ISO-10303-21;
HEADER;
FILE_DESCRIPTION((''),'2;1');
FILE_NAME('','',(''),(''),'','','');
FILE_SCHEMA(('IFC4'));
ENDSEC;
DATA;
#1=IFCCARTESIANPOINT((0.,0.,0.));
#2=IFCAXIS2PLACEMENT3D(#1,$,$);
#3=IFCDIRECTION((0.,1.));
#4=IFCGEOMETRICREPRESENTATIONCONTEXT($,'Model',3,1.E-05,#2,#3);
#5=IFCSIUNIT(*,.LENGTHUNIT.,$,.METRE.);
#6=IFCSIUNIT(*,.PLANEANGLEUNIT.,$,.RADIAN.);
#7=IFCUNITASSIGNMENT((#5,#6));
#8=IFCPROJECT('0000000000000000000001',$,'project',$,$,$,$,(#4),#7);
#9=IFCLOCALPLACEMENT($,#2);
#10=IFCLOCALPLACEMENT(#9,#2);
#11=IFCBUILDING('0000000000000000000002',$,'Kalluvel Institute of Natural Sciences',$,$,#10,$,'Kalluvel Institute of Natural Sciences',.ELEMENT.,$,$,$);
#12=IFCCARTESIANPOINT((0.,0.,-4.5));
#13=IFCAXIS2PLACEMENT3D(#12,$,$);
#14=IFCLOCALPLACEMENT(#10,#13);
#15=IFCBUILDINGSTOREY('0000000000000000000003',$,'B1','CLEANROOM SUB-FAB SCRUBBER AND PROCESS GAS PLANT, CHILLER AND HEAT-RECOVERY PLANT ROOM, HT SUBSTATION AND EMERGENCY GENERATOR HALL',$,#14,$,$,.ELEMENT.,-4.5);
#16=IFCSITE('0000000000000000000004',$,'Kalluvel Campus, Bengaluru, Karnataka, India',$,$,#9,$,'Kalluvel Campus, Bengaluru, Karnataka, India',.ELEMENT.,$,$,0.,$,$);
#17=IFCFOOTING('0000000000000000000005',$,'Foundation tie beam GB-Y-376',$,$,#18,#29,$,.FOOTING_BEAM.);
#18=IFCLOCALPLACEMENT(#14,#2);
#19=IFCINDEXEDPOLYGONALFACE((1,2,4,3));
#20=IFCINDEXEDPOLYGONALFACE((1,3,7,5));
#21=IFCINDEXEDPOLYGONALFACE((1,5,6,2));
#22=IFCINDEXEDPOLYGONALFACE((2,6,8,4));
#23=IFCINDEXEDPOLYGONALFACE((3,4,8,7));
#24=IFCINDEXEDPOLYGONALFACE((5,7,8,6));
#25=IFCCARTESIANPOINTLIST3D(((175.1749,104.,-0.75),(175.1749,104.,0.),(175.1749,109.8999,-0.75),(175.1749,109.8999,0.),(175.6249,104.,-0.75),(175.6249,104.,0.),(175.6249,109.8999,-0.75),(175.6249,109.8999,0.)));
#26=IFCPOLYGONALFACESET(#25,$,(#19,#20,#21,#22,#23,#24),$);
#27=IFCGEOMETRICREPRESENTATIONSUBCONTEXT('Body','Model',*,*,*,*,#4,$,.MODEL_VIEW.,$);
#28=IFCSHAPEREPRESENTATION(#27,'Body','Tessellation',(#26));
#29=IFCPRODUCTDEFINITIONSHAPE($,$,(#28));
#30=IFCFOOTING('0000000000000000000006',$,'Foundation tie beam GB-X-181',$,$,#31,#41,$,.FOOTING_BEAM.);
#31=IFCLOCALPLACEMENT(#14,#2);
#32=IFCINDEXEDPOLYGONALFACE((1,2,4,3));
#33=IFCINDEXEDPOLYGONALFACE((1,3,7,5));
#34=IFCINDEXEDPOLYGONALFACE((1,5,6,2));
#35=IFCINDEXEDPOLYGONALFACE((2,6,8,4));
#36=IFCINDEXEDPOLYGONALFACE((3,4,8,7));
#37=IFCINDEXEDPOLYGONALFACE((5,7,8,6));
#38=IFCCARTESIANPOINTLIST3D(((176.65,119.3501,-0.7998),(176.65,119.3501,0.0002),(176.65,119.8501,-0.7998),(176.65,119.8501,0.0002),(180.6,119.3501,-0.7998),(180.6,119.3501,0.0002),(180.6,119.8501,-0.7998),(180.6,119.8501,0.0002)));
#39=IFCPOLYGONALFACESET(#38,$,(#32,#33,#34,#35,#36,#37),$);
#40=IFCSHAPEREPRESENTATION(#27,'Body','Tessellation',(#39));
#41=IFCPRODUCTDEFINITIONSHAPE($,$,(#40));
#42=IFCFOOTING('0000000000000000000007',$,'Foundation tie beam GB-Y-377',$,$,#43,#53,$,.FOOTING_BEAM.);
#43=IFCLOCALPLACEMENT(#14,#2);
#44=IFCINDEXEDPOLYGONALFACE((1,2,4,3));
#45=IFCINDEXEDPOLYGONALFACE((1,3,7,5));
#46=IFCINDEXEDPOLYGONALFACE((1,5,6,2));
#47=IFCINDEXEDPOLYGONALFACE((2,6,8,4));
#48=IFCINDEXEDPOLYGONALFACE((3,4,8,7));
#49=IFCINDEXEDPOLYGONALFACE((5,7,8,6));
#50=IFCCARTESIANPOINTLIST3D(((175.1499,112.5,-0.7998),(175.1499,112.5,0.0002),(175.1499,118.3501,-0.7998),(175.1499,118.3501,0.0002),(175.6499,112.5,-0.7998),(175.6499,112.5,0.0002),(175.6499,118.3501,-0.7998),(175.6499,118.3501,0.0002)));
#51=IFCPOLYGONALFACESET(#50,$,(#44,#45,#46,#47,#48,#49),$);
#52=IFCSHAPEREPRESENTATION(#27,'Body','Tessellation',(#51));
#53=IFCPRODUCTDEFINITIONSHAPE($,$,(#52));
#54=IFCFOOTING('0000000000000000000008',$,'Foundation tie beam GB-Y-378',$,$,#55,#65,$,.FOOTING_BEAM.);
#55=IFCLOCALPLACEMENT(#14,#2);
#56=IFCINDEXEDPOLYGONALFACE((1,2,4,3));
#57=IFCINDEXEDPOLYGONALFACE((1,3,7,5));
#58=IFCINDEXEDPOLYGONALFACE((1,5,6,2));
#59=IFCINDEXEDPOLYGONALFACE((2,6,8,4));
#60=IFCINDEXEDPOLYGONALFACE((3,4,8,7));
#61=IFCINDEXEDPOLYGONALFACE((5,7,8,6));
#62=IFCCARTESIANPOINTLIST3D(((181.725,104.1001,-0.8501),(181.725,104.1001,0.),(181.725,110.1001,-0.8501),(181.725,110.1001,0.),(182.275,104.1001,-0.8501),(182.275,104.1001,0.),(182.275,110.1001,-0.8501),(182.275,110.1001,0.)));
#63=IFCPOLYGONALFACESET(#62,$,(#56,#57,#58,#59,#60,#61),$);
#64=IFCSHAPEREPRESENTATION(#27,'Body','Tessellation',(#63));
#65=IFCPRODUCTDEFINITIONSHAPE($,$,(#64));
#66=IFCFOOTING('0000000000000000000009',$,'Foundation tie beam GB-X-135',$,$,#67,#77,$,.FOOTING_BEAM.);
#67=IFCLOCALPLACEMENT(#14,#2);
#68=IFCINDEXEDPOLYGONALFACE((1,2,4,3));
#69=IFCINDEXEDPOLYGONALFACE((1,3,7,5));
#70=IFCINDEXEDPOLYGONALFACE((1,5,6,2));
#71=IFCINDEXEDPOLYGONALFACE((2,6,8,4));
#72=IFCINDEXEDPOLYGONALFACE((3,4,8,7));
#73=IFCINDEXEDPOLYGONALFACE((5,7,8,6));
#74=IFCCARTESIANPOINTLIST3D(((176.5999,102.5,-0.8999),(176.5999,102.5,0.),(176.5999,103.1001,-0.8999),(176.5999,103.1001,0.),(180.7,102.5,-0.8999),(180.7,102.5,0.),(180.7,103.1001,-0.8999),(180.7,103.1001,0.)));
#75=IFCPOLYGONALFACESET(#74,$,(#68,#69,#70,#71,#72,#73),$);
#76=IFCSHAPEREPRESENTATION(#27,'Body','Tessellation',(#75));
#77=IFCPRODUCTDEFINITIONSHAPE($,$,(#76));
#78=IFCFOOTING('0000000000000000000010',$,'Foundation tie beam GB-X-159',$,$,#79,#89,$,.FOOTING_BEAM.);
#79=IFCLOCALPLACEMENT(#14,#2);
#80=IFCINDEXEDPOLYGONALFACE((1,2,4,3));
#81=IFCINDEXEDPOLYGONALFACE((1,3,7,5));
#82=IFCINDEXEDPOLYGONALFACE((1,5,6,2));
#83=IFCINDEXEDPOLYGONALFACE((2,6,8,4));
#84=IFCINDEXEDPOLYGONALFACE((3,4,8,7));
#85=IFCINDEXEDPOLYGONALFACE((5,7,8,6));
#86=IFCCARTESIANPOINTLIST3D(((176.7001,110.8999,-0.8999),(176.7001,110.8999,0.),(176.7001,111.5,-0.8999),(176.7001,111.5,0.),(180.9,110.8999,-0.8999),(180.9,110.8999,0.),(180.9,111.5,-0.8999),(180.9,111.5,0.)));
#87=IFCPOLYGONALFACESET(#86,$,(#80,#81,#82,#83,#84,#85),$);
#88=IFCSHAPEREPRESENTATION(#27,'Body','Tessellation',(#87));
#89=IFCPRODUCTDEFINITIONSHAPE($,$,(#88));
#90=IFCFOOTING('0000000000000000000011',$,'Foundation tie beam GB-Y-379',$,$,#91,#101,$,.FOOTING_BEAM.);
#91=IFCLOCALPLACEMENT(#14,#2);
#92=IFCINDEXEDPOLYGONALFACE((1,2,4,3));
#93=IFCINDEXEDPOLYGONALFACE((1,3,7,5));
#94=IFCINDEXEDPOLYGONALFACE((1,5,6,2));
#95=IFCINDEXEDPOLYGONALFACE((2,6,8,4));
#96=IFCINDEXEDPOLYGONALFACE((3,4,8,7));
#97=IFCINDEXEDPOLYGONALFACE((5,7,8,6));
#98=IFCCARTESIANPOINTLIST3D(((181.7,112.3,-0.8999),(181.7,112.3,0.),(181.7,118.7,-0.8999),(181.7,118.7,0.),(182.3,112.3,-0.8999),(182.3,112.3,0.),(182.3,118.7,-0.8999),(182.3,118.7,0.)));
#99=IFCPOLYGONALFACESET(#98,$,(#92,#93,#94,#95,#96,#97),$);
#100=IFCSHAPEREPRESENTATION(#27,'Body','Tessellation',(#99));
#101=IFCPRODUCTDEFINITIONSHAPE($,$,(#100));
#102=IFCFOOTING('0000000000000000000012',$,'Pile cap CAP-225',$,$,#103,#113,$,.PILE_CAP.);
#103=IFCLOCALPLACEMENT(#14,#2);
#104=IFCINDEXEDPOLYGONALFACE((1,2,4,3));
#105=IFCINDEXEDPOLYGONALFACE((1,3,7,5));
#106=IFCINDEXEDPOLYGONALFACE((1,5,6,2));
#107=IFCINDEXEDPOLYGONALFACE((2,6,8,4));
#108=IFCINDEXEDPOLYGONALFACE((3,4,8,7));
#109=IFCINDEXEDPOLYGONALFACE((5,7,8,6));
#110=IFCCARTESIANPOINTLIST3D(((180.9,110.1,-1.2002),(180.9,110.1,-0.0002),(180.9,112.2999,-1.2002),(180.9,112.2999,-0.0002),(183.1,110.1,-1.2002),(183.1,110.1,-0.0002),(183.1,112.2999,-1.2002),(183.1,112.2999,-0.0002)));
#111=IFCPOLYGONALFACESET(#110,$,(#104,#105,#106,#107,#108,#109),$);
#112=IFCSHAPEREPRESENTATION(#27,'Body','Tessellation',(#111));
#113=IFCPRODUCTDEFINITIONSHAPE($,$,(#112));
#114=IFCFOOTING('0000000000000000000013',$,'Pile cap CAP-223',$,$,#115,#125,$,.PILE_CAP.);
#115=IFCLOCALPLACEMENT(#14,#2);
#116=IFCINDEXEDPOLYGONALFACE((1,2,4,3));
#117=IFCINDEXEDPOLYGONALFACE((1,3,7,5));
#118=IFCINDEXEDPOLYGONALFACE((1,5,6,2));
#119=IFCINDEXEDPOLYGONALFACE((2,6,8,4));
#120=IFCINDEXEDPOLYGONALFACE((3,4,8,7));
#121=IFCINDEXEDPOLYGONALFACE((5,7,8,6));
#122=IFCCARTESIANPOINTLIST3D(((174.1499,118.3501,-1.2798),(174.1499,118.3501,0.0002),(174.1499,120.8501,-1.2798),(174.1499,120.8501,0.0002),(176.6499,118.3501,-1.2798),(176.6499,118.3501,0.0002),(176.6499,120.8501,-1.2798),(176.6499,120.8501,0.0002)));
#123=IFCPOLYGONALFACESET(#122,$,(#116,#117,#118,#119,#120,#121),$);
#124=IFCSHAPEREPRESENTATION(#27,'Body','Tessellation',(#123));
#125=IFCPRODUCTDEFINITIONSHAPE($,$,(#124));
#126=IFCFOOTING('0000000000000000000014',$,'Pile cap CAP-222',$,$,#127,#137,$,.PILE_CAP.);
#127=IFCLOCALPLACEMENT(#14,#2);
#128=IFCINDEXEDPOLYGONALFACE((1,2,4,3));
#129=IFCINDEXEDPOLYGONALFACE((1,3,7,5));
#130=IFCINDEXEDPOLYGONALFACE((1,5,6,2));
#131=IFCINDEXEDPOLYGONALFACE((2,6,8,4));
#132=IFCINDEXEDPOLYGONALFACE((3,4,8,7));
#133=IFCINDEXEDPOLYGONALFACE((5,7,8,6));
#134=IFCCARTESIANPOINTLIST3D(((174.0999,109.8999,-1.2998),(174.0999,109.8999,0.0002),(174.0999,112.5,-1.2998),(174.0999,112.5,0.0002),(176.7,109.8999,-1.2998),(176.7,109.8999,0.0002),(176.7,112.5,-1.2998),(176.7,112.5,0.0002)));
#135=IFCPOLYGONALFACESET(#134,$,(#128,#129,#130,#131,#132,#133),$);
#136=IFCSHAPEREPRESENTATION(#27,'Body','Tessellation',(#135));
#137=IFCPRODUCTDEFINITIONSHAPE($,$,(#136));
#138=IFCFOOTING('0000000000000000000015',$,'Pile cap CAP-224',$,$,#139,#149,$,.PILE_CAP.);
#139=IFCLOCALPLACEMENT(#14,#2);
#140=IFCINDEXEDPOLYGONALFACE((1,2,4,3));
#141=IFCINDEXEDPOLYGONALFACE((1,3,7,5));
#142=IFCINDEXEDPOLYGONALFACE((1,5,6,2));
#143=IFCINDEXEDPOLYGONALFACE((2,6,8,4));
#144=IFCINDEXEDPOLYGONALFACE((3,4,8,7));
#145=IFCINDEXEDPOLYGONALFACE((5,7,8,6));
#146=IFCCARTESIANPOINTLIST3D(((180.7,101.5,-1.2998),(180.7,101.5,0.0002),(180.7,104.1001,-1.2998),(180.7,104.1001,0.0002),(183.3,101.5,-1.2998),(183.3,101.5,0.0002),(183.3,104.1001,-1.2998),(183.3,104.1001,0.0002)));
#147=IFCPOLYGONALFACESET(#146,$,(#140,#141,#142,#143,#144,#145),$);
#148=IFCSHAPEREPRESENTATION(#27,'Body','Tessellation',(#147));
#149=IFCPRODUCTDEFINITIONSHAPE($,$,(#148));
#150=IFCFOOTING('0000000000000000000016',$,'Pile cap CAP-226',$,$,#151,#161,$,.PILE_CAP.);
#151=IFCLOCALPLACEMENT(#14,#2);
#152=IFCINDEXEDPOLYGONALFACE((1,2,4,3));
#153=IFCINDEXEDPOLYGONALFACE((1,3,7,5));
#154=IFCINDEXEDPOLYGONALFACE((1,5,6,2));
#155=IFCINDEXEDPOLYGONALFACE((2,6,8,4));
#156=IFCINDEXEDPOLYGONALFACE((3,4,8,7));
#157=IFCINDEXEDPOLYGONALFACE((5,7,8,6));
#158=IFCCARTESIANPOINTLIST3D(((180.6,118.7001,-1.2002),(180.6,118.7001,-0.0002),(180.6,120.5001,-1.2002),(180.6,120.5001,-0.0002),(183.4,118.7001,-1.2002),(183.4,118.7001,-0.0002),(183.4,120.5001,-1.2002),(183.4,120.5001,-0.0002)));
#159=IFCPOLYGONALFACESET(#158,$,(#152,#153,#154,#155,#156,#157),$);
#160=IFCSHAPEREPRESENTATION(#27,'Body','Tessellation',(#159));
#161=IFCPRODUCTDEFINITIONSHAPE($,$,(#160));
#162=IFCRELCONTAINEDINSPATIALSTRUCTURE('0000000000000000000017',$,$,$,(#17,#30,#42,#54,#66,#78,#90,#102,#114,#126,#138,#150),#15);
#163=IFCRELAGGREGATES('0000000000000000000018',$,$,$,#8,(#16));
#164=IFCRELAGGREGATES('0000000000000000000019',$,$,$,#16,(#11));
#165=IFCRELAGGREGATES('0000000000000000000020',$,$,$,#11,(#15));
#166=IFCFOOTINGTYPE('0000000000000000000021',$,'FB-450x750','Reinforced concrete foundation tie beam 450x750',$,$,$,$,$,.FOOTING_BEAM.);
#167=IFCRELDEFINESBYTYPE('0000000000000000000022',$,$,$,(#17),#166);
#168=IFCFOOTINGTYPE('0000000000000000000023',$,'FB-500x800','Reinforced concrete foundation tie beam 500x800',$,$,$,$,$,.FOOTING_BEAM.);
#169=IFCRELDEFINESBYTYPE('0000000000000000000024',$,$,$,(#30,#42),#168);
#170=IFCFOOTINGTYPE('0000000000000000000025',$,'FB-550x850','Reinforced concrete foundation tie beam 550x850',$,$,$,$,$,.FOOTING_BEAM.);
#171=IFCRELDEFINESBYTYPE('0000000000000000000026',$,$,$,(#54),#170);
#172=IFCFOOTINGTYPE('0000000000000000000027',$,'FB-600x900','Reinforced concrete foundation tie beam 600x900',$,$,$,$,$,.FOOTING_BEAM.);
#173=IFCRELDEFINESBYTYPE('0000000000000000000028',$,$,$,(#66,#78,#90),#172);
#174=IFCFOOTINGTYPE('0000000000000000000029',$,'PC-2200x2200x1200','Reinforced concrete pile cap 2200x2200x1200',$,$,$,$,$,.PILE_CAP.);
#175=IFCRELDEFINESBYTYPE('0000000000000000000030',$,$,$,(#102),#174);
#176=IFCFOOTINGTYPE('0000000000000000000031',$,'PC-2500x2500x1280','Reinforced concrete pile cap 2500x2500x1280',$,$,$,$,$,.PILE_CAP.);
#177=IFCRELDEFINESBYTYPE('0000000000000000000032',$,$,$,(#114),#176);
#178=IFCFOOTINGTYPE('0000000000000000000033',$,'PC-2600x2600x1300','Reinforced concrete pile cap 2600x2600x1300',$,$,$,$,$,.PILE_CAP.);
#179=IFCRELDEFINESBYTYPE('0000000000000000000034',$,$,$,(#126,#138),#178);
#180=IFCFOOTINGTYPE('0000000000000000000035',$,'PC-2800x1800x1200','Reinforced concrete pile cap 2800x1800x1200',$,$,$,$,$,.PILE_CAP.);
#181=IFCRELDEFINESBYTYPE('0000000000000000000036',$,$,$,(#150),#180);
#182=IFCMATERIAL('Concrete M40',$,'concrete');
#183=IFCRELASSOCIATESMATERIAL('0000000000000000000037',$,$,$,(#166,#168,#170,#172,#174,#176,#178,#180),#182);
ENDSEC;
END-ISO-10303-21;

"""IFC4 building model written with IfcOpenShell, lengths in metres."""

from ifc_helpers import new_model, si_unit, direction, frame, origin, origin_2d, place, context, subcontext, project, spatial, rectangle, extrude, material, type_object, element, save


model = new_model("IFC4")

# Units and contexts
model_context = context("Model", 3, precision=1e-05, world=origin(), true_north=direction((0.0, 1.0)))
body_context = subcontext(model_context, "Body", "Model", "MODEL_VIEW")
ifc_project = project(units=[si_unit("LENGTHUNIT", "METRE"), si_unit("PLANEANGLEUNIT", "RADIAN")], contexts=[model_context])

# Site, building, storey
site_placement = place(None, origin())
site = spatial("IfcSite", under=ifc_project, at=site_placement, Name="Kalluvel Campus, Bengaluru, Karnataka, India", LongName="Kalluvel Campus, Bengaluru, Karnataka, India", CompositionType="ELEMENT", RefElevation=0.0)
building_placement = place(site_placement, origin())
building = spatial("IfcBuilding", under=site, at=building_placement, Name="Kalluvel Institute of Natural Sciences", LongName="Kalluvel Institute of Natural Sciences", CompositionType="ELEMENT")
storey_placement = place(building_placement, frame((0.0, 0.0, -4.5)))
storey = spatial("IfcBuildingStorey", under=building, at=storey_placement, Name="B1", Description="CLEANROOM SUB-FAB SCRUBBER AND PROCESS GAS PLANT, CHILLER AND HEAT-RECOVERY PLANT ROOM, HT SUBSTATION AND EMERGENCY GENERATOR HALL", CompositionType="ELEMENT", Elevation=-4.5)

# Footings
ifc_material = material(Name="Concrete M40", Category="concrete")
footing_type_1 = type_object("IfcFootingType", Name="FB-450x750", Description="Reinforced concrete foundation tie beam 450x750", PredefinedType="FOOTING_BEAM", material=ifc_material)
footing_1_placement = place(storey_placement, frame((175.3999, 106.95, -0.75), z_axis=(0.0, 0.0, 1.0), x_axis=(1.0, 0.0, 0.0)))
element("IfcFooting", 1, at=footing_1_placement, inside=storey, type_object=footing_type_1, Name="Foundation tie beam GB-Y-376", PredefinedType="FOOTING_BEAM", context=body_context, shape_type="SweptSolid", body=[
    extrude(rectangle(XDim=0.45, YDim=5.8999, at=origin_2d()), origin(), (0.0, 0.0, 1.0), 0.75),
])
footing_type_2 = type_object("IfcFootingType", Name="FB-500x800", Description="Reinforced concrete foundation tie beam 500x800", PredefinedType="FOOTING_BEAM", material=ifc_material)
footing_2_placement = place(storey_placement, frame((178.625, 119.6001, -0.7998), z_axis=(0.0, 0.0, 1.0), x_axis=(1.0, 0.0, 0.0)))
element("IfcFooting", 2, at=footing_2_placement, inside=storey, type_object=footing_type_2, Name="Foundation tie beam GB-X-181", PredefinedType="FOOTING_BEAM", context=body_context, shape_type="SweptSolid", body=[
    extrude(rectangle(XDim=3.95, YDim=0.5, at=origin_2d()), origin(), (0.0, 0.0, 1.0), 0.8),
])
footing_3_placement = place(storey_placement, frame((175.3999, 115.425, -0.7998), z_axis=(0.0, 0.0, 1.0), x_axis=(1.0, 0.0, 0.0)))
element("IfcFooting", 3, at=footing_3_placement, inside=storey, type_object=footing_type_2, Name="Foundation tie beam GB-Y-377", PredefinedType="FOOTING_BEAM", context=body_context, shape_type="SweptSolid", body=[
    extrude(rectangle(XDim=0.5, YDim=5.8501, at=origin_2d()), origin(), (0.0, 0.0, 1.0), 0.8),
])
footing_type_3 = type_object("IfcFootingType", Name="FB-550x850", Description="Reinforced concrete foundation tie beam 550x850", PredefinedType="FOOTING_BEAM", material=ifc_material)
footing_4_placement = place(storey_placement, frame((182.0, 107.1001, -0.8501), z_axis=(0.0, 0.0, 1.0), x_axis=(1.0, 0.0, 0.0)))
element("IfcFooting", 4, at=footing_4_placement, inside=storey, type_object=footing_type_3, Name="Foundation tie beam GB-Y-378", PredefinedType="FOOTING_BEAM", context=body_context, shape_type="SweptSolid", body=[
    extrude(rectangle(XDim=0.55, YDim=6.0, at=origin_2d()), origin(), (0.0, 0.0, 1.0), 0.8501),
])
footing_type_4 = type_object("IfcFootingType", Name="FB-600x900", Description="Reinforced concrete foundation tie beam 600x900", PredefinedType="FOOTING_BEAM", material=ifc_material)
footing_5_placement = place(storey_placement, frame((178.6499, 102.8, -0.8999), z_axis=(0.0, 0.0, 1.0), x_axis=(1.0, 0.0, 0.0)))
element("IfcFooting", 5, at=footing_5_placement, inside=storey, type_object=footing_type_4, Name="Foundation tie beam GB-X-135", PredefinedType="FOOTING_BEAM", context=body_context, shape_type="SweptSolid", body=[
    extrude(rectangle(XDim=4.1001, YDim=0.6001, at=origin_2d()), origin(), (0.0, 0.0, 1.0), 0.8999),
])
footing_6_placement = place(storey_placement, frame((178.8, 111.2, -0.8999), z_axis=(0.0, 0.0, 1.0), x_axis=(1.0, 0.0, 0.0)))
element("IfcFooting", 6, at=footing_6_placement, inside=storey, type_object=footing_type_4, Name="Foundation tie beam GB-X-159", PredefinedType="FOOTING_BEAM", context=body_context, shape_type="SweptSolid", body=[
    extrude(rectangle(XDim=4.2, YDim=0.6001, at=origin_2d()), origin(), (0.0, 0.0, 1.0), 0.8999),
])
footing_7_placement = place(storey_placement, frame((182.0, 115.5, -0.8999), z_axis=(0.0, 0.0, 1.0), x_axis=(1.0, 0.0, 0.0)))
element("IfcFooting", 7, at=footing_7_placement, inside=storey, type_object=footing_type_4, Name="Foundation tie beam GB-Y-379", PredefinedType="FOOTING_BEAM", context=body_context, shape_type="SweptSolid", body=[
    extrude(rectangle(XDim=0.6001, YDim=6.3999, at=origin_2d()), origin(), (0.0, 0.0, 1.0), 0.8999),
])
footing_type_5 = type_object("IfcFootingType", Name="PC-2200x2200x1200", Description="Reinforced concrete pile cap 2200x2200x1200", PredefinedType="PILE_CAP", material=ifc_material)
footing_8_placement = place(storey_placement, frame((182.0, 111.2, -1.2002), z_axis=(0.0, 0.0, 1.0), x_axis=(1.0, 0.0, 0.0)))
element("IfcFooting", 8, at=footing_8_placement, inside=storey, type_object=footing_type_5, Name="Pile cap CAP-225", PredefinedType="PILE_CAP", context=body_context, shape_type="SweptSolid", body=[
    extrude(rectangle(XDim=2.2, YDim=2.2, at=origin_2d()), origin(), (0.0, 0.0, 1.0), 1.2),
])
footing_type_6 = type_object("IfcFootingType", Name="PC-2500x2500x1280", Description="Reinforced concrete pile cap 2500x2500x1280", PredefinedType="PILE_CAP", material=ifc_material)
footing_9_placement = place(storey_placement, frame((175.3999, 119.6001, -1.2798), z_axis=(0.0, 0.0, 1.0), x_axis=(1.0, 0.0, 0.0)))
element("IfcFooting", 9, at=footing_9_placement, inside=storey, type_object=footing_type_6, Name="Pile cap CAP-223", PredefinedType="PILE_CAP", context=body_context, shape_type="SweptSolid", body=[
    extrude(rectangle(XDim=2.5, YDim=2.5, at=origin_2d()), origin(), (0.0, 0.0, 1.0), 1.28),
])
footing_type_7 = type_object("IfcFootingType", Name="PC-2600x2600x1300", Description="Reinforced concrete pile cap 2600x2600x1300", PredefinedType="PILE_CAP", material=ifc_material)
for number, where, z_axis, x_axis, name in (
    (10, (175.3999, 111.2, -1.2998), (0.0, 0.0, 1.0), (1.0, 0.0, 0.0), "Pile cap CAP-222"),
    (11, (182.0, 102.8, -1.2998), (0.0, 0.0, 1.0), (1.0, 0.0, 0.0), "Pile cap CAP-224"),
):
    element("IfcFooting", number, at=place(storey_placement, frame(where, z_axis=z_axis, x_axis=x_axis)), inside=storey, type_object=footing_type_7, Name=name, PredefinedType="PILE_CAP", context=body_context, shape_type="SweptSolid", body=[
        extrude(rectangle(XDim=2.6001, YDim=2.6001, at=origin_2d()), origin(), (0.0, 0.0, 1.0), 1.3),
    ])
footing_type_8 = type_object("IfcFootingType", Name="PC-2800x1800x1200", Description="Reinforced concrete pile cap 2800x1800x1200", PredefinedType="PILE_CAP", material=ifc_material)
footing_10_placement = place(storey_placement, frame((182.0, 119.6001, -1.2002), z_axis=(0.0, 0.0, 1.0), x_axis=(1.0, 0.0, 0.0)))
element("IfcFooting", 12, at=footing_10_placement, inside=storey, type_object=footing_type_8, Name="Pile cap CAP-226", PredefinedType="PILE_CAP", context=body_context, shape_type="SweptSolid", body=[
    extrude(rectangle(XDim=2.8, YDim=1.8, at=origin_2d()), origin(), (0.0, 0.0, 1.0), 1.2),
])

save(model, "model.ifc")
